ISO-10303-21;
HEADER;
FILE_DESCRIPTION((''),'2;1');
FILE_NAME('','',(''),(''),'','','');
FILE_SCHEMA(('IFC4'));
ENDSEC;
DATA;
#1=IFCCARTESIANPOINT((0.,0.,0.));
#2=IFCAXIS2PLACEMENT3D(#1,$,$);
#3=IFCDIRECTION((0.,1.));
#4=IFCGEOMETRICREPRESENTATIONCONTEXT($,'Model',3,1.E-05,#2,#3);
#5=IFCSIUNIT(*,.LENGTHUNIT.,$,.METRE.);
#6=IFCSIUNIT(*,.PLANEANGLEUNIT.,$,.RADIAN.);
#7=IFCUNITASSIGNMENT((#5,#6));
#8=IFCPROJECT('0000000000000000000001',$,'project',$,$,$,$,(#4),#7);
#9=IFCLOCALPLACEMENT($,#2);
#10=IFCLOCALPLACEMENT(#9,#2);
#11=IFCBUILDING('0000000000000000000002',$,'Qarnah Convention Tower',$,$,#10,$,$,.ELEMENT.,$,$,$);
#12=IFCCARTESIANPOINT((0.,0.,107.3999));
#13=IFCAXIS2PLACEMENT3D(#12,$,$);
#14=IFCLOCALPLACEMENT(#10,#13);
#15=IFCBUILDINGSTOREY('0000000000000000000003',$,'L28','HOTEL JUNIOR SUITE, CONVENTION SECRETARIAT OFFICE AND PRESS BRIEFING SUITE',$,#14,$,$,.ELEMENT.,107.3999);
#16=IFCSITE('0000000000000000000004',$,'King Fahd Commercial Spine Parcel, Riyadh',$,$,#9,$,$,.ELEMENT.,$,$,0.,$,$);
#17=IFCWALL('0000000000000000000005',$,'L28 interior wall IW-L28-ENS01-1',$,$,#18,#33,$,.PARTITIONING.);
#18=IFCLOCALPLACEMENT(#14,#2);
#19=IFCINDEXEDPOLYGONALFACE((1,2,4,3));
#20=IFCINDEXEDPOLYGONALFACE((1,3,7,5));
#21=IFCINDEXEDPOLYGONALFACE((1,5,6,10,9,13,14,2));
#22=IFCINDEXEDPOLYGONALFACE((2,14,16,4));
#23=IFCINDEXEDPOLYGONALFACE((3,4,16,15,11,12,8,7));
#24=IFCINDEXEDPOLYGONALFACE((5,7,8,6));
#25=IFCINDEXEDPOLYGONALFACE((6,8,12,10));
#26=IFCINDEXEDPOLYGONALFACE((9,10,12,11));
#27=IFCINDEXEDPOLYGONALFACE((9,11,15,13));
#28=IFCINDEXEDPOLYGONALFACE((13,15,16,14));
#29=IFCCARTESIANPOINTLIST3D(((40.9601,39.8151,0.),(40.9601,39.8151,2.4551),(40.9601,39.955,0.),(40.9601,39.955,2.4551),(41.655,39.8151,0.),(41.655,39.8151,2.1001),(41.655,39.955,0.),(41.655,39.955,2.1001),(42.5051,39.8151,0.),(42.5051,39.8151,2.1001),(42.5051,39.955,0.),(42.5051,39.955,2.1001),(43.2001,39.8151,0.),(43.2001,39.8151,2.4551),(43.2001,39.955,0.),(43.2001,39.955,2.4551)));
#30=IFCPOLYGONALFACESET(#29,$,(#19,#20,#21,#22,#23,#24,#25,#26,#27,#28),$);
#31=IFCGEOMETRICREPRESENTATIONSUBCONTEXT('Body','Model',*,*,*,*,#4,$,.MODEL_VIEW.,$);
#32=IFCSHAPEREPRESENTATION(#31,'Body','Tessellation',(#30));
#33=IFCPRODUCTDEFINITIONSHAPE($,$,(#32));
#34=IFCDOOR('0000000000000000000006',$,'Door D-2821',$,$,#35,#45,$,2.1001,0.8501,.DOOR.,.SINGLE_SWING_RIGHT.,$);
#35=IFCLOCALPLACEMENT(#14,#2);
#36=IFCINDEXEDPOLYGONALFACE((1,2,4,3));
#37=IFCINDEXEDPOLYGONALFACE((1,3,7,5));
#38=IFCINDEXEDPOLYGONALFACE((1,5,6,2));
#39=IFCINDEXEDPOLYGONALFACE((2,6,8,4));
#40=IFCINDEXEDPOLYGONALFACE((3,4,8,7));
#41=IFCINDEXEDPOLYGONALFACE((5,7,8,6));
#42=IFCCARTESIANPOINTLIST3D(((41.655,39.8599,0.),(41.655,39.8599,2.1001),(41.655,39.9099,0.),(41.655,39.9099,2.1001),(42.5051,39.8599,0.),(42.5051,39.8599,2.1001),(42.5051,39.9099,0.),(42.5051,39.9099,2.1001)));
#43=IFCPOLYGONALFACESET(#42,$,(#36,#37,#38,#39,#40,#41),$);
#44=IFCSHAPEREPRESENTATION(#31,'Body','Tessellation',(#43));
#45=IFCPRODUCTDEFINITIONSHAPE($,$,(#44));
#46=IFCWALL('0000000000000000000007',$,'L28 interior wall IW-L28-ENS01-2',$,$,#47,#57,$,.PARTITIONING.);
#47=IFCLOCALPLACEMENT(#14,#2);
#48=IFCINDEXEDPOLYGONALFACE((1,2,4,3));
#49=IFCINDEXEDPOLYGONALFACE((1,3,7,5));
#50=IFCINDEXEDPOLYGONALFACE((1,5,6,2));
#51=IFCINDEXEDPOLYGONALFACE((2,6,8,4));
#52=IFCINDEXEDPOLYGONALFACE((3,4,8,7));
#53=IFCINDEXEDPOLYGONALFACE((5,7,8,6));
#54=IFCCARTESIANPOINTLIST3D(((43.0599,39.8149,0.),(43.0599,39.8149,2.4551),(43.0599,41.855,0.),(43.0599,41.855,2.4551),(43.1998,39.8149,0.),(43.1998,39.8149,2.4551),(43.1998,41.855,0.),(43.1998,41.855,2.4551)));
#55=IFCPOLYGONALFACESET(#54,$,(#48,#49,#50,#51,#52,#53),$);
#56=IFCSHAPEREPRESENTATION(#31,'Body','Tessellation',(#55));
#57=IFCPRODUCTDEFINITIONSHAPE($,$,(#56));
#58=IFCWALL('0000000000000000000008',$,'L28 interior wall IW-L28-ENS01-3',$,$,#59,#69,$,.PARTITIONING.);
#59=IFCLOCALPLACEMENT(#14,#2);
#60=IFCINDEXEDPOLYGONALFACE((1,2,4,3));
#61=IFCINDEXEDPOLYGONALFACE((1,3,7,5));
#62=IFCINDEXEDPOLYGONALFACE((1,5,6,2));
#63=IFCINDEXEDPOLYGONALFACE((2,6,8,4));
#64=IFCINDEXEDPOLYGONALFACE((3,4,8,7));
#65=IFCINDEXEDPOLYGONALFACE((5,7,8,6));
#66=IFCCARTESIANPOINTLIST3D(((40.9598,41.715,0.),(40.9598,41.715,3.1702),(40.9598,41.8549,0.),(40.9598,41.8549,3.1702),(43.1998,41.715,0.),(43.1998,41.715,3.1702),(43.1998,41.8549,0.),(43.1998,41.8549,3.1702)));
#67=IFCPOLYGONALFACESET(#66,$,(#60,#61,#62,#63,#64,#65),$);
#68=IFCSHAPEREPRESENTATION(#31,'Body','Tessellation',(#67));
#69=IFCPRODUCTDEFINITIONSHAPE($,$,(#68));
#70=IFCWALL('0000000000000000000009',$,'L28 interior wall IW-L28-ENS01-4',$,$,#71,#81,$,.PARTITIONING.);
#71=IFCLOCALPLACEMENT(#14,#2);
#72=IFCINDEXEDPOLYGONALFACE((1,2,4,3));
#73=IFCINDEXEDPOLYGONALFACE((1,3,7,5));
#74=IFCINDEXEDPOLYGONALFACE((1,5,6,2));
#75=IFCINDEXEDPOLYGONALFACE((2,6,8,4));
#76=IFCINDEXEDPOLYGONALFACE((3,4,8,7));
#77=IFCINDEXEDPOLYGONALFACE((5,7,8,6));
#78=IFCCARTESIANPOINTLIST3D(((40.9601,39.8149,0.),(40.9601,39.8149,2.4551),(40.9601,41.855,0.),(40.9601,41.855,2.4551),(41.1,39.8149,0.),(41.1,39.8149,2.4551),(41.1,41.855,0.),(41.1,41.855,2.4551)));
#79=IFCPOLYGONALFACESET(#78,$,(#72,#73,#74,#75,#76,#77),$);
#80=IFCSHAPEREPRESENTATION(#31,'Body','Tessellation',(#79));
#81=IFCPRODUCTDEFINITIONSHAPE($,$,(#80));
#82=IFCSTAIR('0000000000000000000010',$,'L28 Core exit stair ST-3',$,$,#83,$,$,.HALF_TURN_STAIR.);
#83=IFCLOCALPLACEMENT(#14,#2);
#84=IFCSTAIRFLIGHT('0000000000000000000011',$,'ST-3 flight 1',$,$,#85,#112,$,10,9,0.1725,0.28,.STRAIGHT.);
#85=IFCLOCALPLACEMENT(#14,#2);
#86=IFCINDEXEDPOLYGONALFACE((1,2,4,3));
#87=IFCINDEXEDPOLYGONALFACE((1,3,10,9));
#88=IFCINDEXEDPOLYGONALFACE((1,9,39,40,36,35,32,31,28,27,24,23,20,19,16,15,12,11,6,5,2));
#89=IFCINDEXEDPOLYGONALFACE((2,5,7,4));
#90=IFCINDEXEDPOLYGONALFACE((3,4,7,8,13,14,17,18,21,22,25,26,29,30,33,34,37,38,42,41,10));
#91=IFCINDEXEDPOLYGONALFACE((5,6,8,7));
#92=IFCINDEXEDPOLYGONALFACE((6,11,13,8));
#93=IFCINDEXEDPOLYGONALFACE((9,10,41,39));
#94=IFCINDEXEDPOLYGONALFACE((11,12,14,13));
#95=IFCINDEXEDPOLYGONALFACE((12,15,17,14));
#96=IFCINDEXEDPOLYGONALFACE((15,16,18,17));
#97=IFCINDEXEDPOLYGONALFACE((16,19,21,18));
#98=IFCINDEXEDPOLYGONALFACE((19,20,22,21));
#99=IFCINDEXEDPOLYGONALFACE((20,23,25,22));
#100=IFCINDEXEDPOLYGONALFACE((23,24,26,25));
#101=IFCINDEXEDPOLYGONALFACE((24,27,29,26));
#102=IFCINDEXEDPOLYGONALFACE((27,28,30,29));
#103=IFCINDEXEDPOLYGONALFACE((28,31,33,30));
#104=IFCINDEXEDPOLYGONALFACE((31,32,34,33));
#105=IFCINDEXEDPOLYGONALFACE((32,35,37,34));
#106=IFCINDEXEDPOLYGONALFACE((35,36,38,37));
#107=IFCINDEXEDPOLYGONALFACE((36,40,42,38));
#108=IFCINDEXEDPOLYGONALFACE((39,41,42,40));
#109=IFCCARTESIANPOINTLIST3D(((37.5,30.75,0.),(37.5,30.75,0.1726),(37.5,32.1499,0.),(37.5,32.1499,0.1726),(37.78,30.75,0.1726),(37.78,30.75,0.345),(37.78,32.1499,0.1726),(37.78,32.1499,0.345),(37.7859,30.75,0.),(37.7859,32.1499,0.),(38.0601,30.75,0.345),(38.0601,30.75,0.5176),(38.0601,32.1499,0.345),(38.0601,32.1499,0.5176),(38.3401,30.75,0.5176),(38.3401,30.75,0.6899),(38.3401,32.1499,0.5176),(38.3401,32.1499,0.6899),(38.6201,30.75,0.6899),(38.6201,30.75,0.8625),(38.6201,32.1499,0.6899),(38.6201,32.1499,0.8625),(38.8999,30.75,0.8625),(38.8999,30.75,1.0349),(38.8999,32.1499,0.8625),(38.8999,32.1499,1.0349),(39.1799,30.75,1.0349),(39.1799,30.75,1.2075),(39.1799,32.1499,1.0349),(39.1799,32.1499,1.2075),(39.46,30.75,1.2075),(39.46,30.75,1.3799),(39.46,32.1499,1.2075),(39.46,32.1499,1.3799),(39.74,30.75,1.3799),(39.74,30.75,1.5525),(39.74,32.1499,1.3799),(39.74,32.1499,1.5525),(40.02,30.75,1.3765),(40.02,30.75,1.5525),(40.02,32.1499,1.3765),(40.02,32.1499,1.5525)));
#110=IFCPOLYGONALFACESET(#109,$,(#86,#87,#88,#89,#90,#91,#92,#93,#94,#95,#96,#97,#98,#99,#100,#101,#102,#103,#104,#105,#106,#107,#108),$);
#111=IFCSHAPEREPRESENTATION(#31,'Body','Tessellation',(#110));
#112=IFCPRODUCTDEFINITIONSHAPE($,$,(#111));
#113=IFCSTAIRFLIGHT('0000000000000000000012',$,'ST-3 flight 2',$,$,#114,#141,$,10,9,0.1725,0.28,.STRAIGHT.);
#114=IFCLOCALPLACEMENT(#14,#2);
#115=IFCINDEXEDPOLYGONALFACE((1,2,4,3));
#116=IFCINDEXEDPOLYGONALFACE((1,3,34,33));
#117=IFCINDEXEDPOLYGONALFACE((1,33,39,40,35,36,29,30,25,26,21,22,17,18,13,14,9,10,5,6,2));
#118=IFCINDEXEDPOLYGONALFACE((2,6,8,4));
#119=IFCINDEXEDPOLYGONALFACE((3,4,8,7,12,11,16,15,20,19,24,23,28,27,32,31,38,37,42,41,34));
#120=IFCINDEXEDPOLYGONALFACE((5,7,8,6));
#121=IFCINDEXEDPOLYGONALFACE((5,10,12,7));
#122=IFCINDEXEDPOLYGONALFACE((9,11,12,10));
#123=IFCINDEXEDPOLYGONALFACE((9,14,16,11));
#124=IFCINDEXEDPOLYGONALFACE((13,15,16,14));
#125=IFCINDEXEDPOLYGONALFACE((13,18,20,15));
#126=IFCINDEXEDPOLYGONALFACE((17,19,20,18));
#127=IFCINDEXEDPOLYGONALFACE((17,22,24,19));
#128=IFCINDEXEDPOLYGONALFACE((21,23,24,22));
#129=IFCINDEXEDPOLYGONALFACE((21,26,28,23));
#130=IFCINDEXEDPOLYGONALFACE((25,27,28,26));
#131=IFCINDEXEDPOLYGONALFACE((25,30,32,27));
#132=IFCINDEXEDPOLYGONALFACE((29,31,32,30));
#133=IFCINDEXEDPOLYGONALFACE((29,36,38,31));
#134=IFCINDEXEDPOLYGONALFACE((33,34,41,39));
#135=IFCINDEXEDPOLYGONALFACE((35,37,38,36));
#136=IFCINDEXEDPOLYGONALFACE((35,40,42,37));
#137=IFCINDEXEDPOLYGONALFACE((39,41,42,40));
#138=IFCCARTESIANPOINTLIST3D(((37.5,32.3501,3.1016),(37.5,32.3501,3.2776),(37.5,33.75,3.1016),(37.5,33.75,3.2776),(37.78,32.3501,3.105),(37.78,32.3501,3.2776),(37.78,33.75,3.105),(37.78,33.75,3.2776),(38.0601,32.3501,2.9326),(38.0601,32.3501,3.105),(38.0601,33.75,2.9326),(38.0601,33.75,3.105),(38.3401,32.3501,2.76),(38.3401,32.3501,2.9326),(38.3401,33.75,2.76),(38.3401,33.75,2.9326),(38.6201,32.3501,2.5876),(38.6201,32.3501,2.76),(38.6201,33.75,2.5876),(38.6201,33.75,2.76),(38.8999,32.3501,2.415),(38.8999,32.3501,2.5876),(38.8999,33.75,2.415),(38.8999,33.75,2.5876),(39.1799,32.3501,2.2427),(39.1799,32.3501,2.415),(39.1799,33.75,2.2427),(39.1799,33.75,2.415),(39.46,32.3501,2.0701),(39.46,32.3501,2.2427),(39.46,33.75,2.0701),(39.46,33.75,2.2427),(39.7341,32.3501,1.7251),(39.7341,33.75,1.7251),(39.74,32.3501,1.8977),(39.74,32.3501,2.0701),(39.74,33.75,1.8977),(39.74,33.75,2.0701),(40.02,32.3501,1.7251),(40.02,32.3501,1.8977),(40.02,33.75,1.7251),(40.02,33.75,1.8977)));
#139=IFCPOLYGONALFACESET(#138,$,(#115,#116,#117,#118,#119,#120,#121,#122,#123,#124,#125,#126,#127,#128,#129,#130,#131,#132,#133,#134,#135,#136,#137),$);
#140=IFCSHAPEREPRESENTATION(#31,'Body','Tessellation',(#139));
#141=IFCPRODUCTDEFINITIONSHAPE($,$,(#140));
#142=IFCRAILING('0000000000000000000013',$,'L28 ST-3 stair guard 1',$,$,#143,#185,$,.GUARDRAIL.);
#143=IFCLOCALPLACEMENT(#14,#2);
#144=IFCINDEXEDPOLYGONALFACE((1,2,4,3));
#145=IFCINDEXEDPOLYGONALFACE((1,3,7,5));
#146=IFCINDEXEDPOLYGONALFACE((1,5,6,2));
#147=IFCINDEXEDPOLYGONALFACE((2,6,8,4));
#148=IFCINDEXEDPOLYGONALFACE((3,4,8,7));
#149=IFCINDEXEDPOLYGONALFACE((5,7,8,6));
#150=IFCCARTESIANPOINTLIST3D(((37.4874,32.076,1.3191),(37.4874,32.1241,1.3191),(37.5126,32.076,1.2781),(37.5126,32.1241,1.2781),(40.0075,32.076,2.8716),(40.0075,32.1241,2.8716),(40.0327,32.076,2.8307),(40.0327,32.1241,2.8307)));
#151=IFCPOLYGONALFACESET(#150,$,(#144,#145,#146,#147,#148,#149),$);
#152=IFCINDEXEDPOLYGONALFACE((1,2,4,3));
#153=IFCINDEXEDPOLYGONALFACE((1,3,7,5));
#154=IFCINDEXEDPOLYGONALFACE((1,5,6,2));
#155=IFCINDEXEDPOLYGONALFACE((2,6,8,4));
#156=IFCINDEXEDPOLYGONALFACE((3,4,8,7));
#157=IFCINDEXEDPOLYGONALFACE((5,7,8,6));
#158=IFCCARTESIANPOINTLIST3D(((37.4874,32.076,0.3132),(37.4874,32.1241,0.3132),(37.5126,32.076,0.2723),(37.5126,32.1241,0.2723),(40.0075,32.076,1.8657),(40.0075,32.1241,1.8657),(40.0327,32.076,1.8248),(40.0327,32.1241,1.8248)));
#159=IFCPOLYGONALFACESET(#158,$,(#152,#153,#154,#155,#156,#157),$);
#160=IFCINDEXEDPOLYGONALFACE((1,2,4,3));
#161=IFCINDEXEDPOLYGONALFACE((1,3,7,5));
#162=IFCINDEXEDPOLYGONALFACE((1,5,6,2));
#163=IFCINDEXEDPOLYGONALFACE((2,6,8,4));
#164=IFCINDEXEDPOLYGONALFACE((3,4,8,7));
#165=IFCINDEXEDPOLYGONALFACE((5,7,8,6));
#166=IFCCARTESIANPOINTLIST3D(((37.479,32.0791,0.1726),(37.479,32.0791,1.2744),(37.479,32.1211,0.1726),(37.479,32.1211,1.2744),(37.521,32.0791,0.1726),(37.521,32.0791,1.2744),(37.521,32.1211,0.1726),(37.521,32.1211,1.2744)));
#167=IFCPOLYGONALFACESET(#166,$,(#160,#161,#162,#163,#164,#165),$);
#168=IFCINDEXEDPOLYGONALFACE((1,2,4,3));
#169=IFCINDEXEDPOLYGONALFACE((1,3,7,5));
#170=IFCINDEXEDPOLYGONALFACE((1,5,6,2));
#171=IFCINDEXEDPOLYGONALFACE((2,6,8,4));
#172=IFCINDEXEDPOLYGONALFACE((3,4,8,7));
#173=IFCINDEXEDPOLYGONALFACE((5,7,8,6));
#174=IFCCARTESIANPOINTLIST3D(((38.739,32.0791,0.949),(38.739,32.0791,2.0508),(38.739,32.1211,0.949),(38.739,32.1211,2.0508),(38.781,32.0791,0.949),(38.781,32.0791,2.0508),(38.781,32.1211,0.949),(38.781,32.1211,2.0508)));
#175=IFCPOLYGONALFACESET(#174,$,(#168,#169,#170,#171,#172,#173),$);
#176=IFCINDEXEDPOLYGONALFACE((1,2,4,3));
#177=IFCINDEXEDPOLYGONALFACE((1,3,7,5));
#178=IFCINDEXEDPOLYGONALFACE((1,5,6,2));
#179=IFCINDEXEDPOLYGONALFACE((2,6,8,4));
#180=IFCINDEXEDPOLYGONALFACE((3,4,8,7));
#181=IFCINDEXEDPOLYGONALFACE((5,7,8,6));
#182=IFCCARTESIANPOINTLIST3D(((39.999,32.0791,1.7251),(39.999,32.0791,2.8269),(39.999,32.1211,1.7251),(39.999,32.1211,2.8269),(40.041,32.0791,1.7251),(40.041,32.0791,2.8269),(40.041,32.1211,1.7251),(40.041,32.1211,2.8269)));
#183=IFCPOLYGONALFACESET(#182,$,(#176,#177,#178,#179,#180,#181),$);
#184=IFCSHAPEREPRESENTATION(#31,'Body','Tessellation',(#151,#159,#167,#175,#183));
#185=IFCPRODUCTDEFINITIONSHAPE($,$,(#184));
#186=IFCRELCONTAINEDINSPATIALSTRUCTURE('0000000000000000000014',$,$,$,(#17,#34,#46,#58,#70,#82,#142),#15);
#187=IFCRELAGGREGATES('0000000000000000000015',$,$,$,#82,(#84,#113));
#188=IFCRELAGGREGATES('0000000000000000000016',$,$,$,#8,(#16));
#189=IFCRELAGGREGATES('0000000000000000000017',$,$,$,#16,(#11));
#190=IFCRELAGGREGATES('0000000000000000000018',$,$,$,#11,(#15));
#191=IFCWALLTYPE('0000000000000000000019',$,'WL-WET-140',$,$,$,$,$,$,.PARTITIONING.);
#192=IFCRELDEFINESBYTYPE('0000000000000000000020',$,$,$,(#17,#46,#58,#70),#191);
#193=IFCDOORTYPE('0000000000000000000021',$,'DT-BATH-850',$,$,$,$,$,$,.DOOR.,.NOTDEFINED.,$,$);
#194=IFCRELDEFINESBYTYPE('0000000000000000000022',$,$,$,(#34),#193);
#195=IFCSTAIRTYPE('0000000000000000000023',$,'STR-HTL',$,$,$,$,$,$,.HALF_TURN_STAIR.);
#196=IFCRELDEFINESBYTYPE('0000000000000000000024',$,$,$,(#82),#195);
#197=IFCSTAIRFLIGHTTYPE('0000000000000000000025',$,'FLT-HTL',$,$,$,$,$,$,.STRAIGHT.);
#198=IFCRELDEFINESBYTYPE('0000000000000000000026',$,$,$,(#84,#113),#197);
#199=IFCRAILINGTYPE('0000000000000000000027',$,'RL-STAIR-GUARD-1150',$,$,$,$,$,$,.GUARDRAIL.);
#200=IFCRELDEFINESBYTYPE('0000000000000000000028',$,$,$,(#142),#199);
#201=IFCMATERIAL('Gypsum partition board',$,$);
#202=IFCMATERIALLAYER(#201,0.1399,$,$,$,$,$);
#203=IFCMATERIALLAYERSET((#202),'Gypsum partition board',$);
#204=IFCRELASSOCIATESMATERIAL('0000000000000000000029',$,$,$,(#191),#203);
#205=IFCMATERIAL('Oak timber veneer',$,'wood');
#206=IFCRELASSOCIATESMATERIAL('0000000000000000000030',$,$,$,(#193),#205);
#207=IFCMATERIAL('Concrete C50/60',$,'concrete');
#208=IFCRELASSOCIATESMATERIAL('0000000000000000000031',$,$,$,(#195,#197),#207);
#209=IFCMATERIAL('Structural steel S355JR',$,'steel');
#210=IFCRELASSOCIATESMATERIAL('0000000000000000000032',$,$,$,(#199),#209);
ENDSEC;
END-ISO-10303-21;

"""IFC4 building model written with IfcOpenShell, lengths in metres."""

from ifc_helpers import new_model, si_unit, direction, frame, frame_2d, origin, origin_2d, place, context, subcontext, project, spatial, polyline, rectangle, outline, extrude, material, layer, layer_set, type_object, element, fill, aggregate, save


model = new_model("IFC4")

# Units and contexts
model_context = context("Model", 3, precision=1e-05, world=origin(), true_north=direction((0.0, 1.0)))
body_context = subcontext(model_context, "Body", "Model", "MODEL_VIEW")
ifc_project = project(units=[si_unit("LENGTHUNIT", "METRE"), si_unit("PLANEANGLEUNIT", "RADIAN")], contexts=[model_context])

# Site, building, storey
site_placement = place(None, origin())
site = spatial("IfcSite", under=ifc_project, at=site_placement, Name="King Fahd Commercial Spine Parcel, Riyadh", CompositionType="ELEMENT", RefElevation=0.0)
building_placement = place(site_placement, origin())
building = spatial("IfcBuilding", under=site, at=building_placement, Name="Qarnah Convention Tower", CompositionType="ELEMENT")
storey_placement = place(building_placement, frame((0.0, 0.0, 107.3999)))
storey = spatial("IfcBuildingStorey", under=building, at=storey_placement, Name="L28", Description="HOTEL JUNIOR SUITE, CONVENTION SECRETARIAT OFFICE AND PRESS BRIEFING SUITE", CompositionType="ELEMENT", Elevation=107.3999)

# Shared definitions
ifc_material_1 = material(Name="Structural steel S355JR", Category="steel")

# Shared definitions
ifc_material_2 = material(Name="Gypsum partition board")
ifc_layer_1 = layer(ifc_material_2, 0.1399)
ifc_layer_set_1 = layer_set([ifc_layer_1], Name="Gypsum partition board")
wall_type_1 = type_object("IfcWallType", Name="WL-WET-140", PredefinedType="PARTITIONING", material=ifc_layer_set_1)
ifc_material_3 = material(Name="Oak timber veneer", Category="wood")

# Wall, opening, door
wall_1_placement = place(storey_placement, frame((40.96, 39.885, 0.0), z_axis=(0.0, 0.0, 1.0), x_axis=(1.0, 0.0, 0.0)))
wall_1 = element("IfcWall", 1, at=wall_1_placement, inside=storey, type_object=wall_type_1, Name="L28 interior wall IW-L28-ENS01-1", PredefinedType="PARTITIONING", context=body_context, shape_type="SweptSolid", body=[
    extrude(rectangle(XDim=2.24, YDim=0.1399, at=frame_2d((1.1201, 0.0))), origin(), (0.0, 0.0, 1.0), 2.4551),
])
opening_1_placement = place(wall_1_placement, frame((0.6951, 0.0, 0.0)))
opening_1 = element("IfcOpeningElement", 2, at=opening_1_placement, cuts=wall_1, PredefinedType="OPENING", context=body_context, shape_type="SweptSolid", body=[
    extrude(rectangle(XDim=0.8501, YDim=2.1001, at=frame_2d((0.425, 1.05))), frame((0.0, 0.0798, 0.0), z_axis=(0.0, -1.0, 0.0), x_axis=(1.0, 0.0, 0.0)), (0.0, 0.0, 1.0), 0.1599),
])
door_type_1 = type_object("IfcDoorType", Name="DT-BATH-850", OperationType="NOTDEFINED", PredefinedType="DOOR", material=ifc_material_3)
door_1_placement = place(opening_1_placement, origin())
door_1 = element("IfcDoor", 3, at=door_1_placement, inside=storey, type_object=door_type_1, Name="Door D-2821", OperationType="SINGLE_SWING_RIGHT", OverallHeight=2.1001, OverallWidth=0.8501, PredefinedType="DOOR", context=body_context, shape_type="SweptSolid", body=[
    extrude(rectangle(XDim=0.8501, YDim=2.1001, at=frame_2d((0.425, 1.05))), frame((0.0, 0.0249, 0.0), z_axis=(0.0, -1.0, 0.0), x_axis=(1.0, 0.0, 0.0)), (0.0, 0.0, 1.0), 0.05),
])
fill(opening_1, door_1)

# Walls
wall_2_placement = place(storey_placement, frame((43.1299, 39.8149, 0.0), z_axis=(0.0, 0.0, 1.0), x_axis=(0.0, 1.0, 0.0)))
element("IfcWall", 4, at=wall_2_placement, inside=storey, type_object=wall_type_1, Name="L28 interior wall IW-L28-ENS01-2", PredefinedType="PARTITIONING", context=body_context, shape_type="SweptSolid", body=[
    extrude(rectangle(XDim=2.04, YDim=0.1399, at=frame_2d((1.02, 0.0))), origin(), (0.0, 0.0, 1.0), 2.4551),
])
wall_3_placement = place(storey_placement, frame((43.2, 41.7849, 0.0), z_axis=(0.0, 0.0, 1.0), x_axis=(-1.0, 0.0, 0.0)))
element("IfcWall", 5, at=wall_3_placement, inside=storey, type_object=wall_type_1, Name="L28 interior wall IW-L28-ENS01-3", PredefinedType="PARTITIONING", context=body_context, shape_type="SweptSolid", body=[
    extrude(rectangle(XDim=2.24, YDim=0.1399, at=frame_2d((1.1201, 0.0))), origin(), (0.0, 0.0, 1.0), 3.1702),
])
wall_4_placement = place(storey_placement, frame((41.03, 41.855, 0.0), z_axis=(0.0, 0.0, 1.0), x_axis=(0.0, -1.0, 0.0)))
element("IfcWall", 6, at=wall_4_placement, inside=storey, type_object=wall_type_1, Name="L28 interior wall IW-L28-ENS01-4", PredefinedType="PARTITIONING", context=body_context, shape_type="SweptSolid", body=[
    extrude(rectangle(XDim=2.04, YDim=0.1399, at=frame_2d((1.02, 0.0))), origin(), (0.0, 0.0, 1.0), 2.4551),
])

# Stair, stair flights
ifc_material_4 = material(Name="Concrete C50/60", Category="concrete")
stair_type = type_object("IfcStairType", Name="STR-HTL", PredefinedType="HALF_TURN_STAIR", material=ifc_material_4)
stair_placement = place(storey_placement, origin())
stair = element("IfcStair", 7, at=stair_placement, inside=storey, type_object=stair_type, Name="L28 Core exit stair ST-3", PredefinedType="HALF_TURN_STAIR")
stair_flight_type = type_object("IfcStairFlightType", Name="FLT-HTL", PredefinedType="STRAIGHT", material=ifc_material_4)
stair_flight_1_placement = place(storey_placement, frame((37.5, 31.45, 0.0), z_axis=(0.0, 0.0, 1.0), x_axis=(1.0, 0.0, 0.0)))
stair_flight_1 = element("IfcStairFlight", 8, at=stair_flight_1_placement, type_object=stair_flight_type, Name="ST-3 flight 1", NumberOfRisers=10, NumberOfTreads=9, PredefinedType="STRAIGHT", RiserHeight=0.1725, TreadLength=0.28, context=body_context, shape_type="SweptSolid", body=[
    extrude(outline(polyline([(0.0, 0.0), (0.0, 0.1726), (0.28, 0.1726), (0.28, 0.345), (0.5601, 0.345), (0.5601, 0.5176), (0.8401, 0.5176), (0.8401, 0.6899), (1.1201, 0.6899), (1.1201, 0.8625), (1.3999, 0.8625), (1.3999, 1.0349), (1.6799, 1.0349), (1.6799, 1.2075), (1.96, 1.2075), (1.96, 1.3799), (2.24, 1.3799), (2.24, 1.5525), (2.52, 1.5525), (2.52, 1.7251), (2.52, 1.3765), (0.2859, 0.0), (0.0, 0.0)])), frame((0.0, 0.7, 0.0), z_axis=(0.0, -1.0, 0.0), x_axis=(1.0, 0.0, 0.0)), (0.0, 0.0, 1.0), 1.3999),
])
stair_flight_2_placement = place(storey_placement, frame((40.02, 33.05, 1.7251), z_axis=(0.0, 0.0, 1.0), x_axis=(-1.0, 0.0, 0.0)))
stair_flight_2 = element("IfcStairFlight", 9, at=stair_flight_2_placement, type_object=stair_flight_type, Name="ST-3 flight 2", NumberOfRisers=10, NumberOfTreads=9, PredefinedType="STRAIGHT", RiserHeight=0.1725, TreadLength=0.28, context=body_context, shape_type="SweptSolid", body=[
    extrude(outline(polyline([(0.0, 0.0), (0.0, 0.1726), (0.28, 0.1726), (0.28, 0.345), (0.5601, 0.345), (0.5601, 0.5176), (0.8401, 0.5176), (0.8401, 0.6899), (1.1201, 0.6899), (1.1201, 0.8625), (1.3999, 0.8625), (1.3999, 1.0349), (1.6799, 1.0349), (1.6799, 1.2075), (1.96, 1.2075), (1.96, 1.3799), (2.24, 1.3799), (2.24, 1.5525), (2.52, 1.5525), (2.52, 1.7251), (2.52, 1.3765), (0.2859, 0.0), (0.0, 0.0)])), frame((0.0, 0.7, 0.0), z_axis=(0.0, -1.0, 0.0), x_axis=(1.0, 0.0, 0.0)), (0.0, 0.0, 1.0), 1.3999),
])
aggregate(stair, [stair_flight_1, stair_flight_2])

# Railing
railing_type_1 = type_object("IfcRailingType", Name="RL-STAIR-GUARD-1150", PredefinedType="GUARDRAIL", material=ifc_material_1)
railing_1_placement = place(storey_placement, frame((37.5, 32.1001, 0.1726)))
element("IfcRailing", 10, at=railing_1_placement, inside=storey, type_object=railing_type_1, Name="L28 ST-3 stair guard 1", PredefinedType="GUARDRAIL", context=body_context, shape_type="SweptSolid", body=[
    extrude(rectangle(XDim=0.0481, YDim=0.0481, at=origin_2d()), frame((0.0, 0.0, 1.126), z_axis=(0.8514, 0.0, 0.524516), x_axis=(0.0, 1.0, 0.0)), (0.0, 0.0, 1.0), 2.96),
    extrude(rectangle(XDim=0.0481, YDim=0.0481, at=origin_2d()), frame((0.0, 0.0, 0.1201), z_axis=(0.8514, 0.0, 0.524516), x_axis=(0.0, 1.0, 0.0)), (0.0, 0.0, 1.0), 2.96),
    extrude(rectangle(XDim=0.042, YDim=0.042, at=origin_2d()), origin(), (0.0, 0.0, 1.0), 1.1018),
    extrude(rectangle(XDim=0.042, YDim=0.042, at=origin_2d()), frame((1.26, 0.0, 0.7764)), (0.0, 0.0, 1.0), 1.1018),
    extrude(rectangle(XDim=0.042, YDim=0.042, at=origin_2d()), frame((2.52, 0.0, 1.5525)), (0.0, 0.0, 1.0), 1.1018),
])

save(model, "model.ifc")
